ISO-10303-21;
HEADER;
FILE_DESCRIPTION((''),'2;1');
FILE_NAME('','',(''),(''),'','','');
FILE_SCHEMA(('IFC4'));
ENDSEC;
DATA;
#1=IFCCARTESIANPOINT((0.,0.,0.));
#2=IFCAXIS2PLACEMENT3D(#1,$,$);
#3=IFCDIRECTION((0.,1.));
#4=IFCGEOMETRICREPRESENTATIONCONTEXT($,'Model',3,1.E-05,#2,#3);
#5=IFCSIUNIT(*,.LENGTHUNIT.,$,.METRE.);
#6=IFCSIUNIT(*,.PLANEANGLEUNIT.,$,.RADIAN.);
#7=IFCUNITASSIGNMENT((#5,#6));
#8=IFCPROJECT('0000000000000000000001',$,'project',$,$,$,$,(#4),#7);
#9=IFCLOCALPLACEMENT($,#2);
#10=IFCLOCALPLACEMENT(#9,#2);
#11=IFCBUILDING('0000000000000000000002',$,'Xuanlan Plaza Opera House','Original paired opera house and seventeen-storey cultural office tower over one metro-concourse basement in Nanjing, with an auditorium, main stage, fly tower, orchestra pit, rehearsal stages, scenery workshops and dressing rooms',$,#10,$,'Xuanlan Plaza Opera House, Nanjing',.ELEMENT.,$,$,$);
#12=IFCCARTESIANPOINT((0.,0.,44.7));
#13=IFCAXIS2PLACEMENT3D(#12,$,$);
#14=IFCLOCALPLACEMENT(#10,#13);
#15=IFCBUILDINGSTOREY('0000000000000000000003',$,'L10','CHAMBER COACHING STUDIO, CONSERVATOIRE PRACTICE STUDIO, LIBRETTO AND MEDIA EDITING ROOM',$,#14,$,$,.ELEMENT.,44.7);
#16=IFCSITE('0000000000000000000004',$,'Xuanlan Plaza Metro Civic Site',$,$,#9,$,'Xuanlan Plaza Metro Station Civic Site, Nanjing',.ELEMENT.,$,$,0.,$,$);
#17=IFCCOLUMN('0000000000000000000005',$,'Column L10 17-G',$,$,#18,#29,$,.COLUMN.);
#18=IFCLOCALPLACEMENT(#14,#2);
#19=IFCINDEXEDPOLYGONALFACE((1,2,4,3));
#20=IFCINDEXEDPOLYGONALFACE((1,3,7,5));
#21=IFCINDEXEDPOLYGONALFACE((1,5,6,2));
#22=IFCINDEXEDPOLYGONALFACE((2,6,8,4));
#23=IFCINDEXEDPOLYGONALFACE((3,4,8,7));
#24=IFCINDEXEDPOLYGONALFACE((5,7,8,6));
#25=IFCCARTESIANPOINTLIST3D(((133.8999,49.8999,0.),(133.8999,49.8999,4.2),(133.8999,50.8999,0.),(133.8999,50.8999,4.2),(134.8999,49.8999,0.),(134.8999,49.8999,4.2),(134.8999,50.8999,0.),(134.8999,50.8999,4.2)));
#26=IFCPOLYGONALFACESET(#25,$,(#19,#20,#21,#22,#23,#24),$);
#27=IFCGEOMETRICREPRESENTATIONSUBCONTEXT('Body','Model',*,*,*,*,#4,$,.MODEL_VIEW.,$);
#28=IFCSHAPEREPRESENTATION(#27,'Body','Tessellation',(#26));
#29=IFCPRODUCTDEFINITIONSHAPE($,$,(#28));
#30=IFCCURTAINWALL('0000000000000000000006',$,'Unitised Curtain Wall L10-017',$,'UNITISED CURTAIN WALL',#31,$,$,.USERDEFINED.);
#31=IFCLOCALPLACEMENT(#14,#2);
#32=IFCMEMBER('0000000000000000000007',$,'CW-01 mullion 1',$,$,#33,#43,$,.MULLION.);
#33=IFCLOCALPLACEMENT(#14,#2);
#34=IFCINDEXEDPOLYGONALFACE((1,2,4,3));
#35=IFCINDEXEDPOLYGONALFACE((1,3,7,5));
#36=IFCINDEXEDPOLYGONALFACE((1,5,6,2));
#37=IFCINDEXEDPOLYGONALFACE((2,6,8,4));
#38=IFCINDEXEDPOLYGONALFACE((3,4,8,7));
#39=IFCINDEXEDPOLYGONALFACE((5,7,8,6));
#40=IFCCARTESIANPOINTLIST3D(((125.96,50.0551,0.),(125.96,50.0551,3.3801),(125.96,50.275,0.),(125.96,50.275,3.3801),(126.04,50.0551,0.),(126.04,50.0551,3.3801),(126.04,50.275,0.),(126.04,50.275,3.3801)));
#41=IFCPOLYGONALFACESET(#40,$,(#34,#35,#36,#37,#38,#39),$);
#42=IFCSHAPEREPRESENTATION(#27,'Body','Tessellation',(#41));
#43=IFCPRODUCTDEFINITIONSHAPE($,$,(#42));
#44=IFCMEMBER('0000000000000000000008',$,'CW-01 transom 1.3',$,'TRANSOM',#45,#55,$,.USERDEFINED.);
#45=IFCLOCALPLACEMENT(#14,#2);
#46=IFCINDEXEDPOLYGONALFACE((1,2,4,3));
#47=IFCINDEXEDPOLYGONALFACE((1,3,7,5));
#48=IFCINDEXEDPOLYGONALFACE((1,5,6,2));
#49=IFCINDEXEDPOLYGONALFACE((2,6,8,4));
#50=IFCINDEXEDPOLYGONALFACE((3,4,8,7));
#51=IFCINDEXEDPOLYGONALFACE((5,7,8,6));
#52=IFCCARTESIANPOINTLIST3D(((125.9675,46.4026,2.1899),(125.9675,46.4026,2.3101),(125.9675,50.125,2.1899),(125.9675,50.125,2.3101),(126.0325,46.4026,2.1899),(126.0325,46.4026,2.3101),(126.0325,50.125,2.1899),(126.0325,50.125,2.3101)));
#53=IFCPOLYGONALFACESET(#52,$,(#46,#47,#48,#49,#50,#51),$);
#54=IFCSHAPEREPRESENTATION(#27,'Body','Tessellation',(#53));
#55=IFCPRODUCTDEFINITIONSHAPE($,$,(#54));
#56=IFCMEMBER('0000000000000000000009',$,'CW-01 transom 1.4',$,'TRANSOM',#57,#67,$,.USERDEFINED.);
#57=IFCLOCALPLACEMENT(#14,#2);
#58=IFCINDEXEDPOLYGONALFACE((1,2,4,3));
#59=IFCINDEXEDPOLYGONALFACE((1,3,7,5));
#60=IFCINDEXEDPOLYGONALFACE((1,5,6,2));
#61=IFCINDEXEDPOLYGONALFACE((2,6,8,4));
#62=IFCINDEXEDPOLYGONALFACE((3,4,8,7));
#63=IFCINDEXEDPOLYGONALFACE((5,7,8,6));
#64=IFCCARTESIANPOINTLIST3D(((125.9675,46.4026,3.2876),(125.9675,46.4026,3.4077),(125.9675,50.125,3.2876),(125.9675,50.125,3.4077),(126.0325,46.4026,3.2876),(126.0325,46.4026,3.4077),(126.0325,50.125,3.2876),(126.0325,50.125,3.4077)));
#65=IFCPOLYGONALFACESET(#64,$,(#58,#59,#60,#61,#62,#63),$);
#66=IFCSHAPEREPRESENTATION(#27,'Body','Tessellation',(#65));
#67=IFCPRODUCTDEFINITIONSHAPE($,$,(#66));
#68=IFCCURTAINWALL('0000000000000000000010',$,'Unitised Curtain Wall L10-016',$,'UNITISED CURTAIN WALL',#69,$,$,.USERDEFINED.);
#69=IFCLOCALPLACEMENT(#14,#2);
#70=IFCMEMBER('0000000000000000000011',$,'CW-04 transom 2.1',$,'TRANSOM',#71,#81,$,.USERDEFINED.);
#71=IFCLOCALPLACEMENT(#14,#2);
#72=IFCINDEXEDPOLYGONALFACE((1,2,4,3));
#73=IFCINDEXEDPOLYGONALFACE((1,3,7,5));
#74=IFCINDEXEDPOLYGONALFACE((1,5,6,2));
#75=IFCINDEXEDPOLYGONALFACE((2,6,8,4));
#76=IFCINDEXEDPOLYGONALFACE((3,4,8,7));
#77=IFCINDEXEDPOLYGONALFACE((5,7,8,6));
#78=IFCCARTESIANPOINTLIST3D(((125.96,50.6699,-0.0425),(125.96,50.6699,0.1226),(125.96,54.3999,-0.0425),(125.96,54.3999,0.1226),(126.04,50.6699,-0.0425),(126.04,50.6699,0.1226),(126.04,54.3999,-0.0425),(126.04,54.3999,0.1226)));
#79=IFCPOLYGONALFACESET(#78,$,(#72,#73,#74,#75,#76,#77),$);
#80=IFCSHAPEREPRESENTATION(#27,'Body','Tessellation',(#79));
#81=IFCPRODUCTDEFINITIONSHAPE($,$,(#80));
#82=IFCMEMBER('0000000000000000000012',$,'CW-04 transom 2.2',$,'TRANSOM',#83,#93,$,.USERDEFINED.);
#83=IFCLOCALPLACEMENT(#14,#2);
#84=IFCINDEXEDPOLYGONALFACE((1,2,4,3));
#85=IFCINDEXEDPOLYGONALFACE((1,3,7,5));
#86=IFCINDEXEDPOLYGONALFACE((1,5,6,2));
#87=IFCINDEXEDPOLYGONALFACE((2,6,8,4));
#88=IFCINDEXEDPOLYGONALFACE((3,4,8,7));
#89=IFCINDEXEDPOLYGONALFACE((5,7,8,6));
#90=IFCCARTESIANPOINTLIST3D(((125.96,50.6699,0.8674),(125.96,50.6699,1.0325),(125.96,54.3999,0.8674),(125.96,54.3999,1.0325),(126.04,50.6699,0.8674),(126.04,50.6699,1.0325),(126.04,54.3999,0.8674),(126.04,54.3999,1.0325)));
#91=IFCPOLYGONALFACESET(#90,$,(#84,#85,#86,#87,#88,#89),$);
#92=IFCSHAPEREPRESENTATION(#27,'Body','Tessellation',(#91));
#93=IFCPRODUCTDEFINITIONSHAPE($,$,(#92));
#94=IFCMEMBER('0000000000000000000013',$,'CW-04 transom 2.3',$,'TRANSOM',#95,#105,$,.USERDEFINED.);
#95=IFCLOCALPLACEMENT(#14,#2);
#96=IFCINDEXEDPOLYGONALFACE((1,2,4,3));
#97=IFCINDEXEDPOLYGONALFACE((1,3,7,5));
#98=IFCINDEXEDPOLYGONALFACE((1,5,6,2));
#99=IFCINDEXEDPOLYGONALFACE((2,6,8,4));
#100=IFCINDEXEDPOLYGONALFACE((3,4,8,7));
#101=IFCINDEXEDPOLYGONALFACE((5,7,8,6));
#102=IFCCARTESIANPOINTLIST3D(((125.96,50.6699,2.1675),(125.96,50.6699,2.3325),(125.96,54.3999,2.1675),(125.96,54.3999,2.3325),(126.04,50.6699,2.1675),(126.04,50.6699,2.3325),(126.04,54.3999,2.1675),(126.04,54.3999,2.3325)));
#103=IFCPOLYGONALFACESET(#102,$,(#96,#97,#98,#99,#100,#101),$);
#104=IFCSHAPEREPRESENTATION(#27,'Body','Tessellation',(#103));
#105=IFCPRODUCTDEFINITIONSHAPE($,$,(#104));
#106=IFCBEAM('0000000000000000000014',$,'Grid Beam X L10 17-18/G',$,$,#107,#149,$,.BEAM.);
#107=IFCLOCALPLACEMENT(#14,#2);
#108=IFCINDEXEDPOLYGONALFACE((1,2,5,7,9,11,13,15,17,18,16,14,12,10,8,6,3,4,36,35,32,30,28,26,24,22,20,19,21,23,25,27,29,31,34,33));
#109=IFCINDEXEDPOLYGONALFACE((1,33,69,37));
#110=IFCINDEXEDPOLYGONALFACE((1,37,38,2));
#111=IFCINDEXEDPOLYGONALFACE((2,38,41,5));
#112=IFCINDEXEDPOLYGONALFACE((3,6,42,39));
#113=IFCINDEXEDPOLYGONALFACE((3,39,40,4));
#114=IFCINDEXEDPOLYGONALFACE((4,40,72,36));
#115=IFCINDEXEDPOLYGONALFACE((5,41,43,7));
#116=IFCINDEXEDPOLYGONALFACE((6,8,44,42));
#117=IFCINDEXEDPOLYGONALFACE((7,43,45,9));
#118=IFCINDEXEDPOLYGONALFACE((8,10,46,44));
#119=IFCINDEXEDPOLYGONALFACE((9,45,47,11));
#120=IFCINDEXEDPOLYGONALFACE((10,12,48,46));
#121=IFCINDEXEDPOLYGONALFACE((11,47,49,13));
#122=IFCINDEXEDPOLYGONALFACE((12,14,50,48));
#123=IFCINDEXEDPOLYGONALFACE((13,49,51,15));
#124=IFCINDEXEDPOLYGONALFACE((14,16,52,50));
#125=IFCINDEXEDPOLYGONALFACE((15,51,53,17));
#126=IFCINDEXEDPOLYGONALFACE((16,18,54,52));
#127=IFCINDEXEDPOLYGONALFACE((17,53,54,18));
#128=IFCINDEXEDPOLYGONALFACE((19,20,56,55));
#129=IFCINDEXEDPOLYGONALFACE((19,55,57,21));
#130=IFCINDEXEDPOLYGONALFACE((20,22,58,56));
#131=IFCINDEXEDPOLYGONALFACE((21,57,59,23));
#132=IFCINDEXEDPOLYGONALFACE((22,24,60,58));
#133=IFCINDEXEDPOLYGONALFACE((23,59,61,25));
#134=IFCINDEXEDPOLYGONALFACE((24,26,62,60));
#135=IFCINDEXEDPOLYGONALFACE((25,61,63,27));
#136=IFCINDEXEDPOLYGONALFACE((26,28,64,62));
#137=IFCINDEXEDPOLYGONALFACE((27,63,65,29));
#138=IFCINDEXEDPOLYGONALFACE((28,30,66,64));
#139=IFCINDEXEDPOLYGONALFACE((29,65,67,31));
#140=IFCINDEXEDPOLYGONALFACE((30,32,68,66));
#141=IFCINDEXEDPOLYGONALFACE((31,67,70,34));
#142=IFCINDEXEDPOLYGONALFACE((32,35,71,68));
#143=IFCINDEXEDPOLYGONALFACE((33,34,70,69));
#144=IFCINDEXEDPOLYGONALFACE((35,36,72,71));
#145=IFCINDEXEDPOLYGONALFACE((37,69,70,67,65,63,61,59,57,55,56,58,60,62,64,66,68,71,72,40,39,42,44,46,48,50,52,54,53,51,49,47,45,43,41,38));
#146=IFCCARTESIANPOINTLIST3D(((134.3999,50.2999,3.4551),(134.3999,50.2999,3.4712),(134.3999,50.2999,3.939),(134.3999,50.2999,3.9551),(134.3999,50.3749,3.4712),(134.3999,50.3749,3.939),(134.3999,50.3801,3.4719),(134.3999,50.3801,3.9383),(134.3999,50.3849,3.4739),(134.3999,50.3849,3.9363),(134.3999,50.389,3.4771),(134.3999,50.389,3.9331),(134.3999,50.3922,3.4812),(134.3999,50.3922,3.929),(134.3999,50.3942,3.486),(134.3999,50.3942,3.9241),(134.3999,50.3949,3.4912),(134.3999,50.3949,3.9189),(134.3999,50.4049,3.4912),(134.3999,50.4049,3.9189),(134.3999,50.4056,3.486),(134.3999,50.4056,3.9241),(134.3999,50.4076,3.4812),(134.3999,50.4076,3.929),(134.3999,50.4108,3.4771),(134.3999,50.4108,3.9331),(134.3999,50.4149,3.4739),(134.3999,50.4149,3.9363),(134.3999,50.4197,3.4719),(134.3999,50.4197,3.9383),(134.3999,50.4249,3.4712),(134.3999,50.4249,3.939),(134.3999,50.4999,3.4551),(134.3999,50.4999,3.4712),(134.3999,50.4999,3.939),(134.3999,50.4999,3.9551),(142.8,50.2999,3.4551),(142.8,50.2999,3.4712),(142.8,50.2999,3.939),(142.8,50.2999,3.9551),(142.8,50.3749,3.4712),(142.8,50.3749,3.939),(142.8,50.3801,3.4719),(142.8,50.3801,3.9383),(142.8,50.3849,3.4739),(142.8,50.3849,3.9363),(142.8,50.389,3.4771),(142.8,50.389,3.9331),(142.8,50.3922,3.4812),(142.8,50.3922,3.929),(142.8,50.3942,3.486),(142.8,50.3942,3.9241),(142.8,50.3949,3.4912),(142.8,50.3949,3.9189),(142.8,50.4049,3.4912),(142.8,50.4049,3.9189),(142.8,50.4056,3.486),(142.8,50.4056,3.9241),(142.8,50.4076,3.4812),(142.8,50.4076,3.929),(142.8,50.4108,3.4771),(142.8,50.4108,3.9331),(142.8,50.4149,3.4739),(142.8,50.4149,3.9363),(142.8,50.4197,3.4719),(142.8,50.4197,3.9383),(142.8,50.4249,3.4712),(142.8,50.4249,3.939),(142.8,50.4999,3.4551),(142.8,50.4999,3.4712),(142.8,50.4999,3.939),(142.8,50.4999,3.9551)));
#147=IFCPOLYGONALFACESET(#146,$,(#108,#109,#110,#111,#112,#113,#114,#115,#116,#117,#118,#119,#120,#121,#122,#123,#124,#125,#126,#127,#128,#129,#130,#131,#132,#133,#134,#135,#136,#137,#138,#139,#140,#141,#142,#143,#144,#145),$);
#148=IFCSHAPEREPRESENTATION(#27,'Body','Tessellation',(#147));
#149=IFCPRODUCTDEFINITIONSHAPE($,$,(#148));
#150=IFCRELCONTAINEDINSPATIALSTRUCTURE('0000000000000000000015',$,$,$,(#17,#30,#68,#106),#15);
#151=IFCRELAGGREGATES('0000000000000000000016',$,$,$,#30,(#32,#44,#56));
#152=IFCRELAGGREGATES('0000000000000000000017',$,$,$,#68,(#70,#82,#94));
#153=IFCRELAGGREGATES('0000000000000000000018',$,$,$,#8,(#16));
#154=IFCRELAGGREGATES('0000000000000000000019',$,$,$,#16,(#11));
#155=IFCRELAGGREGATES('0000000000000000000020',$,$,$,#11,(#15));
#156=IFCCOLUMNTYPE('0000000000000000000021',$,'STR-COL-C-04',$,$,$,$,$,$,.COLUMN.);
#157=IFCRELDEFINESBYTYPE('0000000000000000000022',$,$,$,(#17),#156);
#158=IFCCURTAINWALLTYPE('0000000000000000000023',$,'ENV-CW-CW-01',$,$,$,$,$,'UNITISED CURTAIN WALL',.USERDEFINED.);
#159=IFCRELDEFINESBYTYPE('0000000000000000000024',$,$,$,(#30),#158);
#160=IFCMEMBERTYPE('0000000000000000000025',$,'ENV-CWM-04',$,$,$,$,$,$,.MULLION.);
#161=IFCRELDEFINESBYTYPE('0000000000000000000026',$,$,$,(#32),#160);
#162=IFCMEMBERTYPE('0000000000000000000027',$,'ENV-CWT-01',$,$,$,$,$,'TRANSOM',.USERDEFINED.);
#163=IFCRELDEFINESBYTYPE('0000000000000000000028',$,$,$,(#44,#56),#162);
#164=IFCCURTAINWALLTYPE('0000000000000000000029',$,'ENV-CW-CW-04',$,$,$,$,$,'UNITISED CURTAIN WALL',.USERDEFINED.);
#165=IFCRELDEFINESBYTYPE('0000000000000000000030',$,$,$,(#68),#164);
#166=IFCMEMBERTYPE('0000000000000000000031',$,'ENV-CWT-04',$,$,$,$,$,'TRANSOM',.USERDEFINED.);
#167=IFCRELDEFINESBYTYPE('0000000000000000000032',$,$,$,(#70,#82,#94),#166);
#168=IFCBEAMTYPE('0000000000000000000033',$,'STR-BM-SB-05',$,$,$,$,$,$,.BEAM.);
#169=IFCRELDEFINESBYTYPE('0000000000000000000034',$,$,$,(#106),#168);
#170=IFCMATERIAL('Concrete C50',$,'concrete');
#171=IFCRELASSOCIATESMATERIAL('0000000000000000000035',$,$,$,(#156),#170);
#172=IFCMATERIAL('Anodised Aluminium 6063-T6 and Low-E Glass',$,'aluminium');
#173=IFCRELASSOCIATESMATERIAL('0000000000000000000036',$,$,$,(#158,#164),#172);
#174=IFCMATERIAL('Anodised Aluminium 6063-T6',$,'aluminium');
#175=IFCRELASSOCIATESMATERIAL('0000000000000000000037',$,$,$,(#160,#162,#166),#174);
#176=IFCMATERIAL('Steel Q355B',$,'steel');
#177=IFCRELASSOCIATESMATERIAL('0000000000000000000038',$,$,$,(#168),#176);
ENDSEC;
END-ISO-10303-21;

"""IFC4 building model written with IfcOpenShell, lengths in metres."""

from ifc_helpers import new_model, si_unit, direction, frame, origin, origin_2d, place, context, subcontext, project, spatial, rectangle, i_section, extrude, material, material_profile, profile_set, type_object, element, aggregate, save


model = new_model("IFC4")

# Units and contexts
model_context = context("Model", 3, precision=1e-05, world=origin(), true_north=direction((0.0, 1.0)))
body_context = subcontext(model_context, "Body", "Model", "MODEL_VIEW")
ifc_project = project(units=[si_unit("LENGTHUNIT", "METRE"), si_unit("PLANEANGLEUNIT", "RADIAN")], contexts=[model_context])

# Site, building, storey
site_placement = place(None, origin())
site = spatial("IfcSite", under=ifc_project, at=site_placement, Name="Xuanlan Plaza Metro Civic Site", LongName="Xuanlan Plaza Metro Station Civic Site, Nanjing", CompositionType="ELEMENT", RefElevation=0.0)
building_placement = place(site_placement, origin())
building = spatial("IfcBuilding", under=site, at=building_placement, Name="Xuanlan Plaza Opera House", Description="Original paired opera house and seventeen-storey cultural office tower over one metro-concourse basement in Nanjing, with an auditorium, main stage, fly tower, orchestra pit, rehearsal stages, scenery workshops and dressing rooms", LongName="Xuanlan Plaza Opera House, Nanjing", CompositionType="ELEMENT")
storey_placement = place(building_placement, frame((0.0, 0.0, 44.7)))
storey = spatial("IfcBuildingStorey", under=building, at=storey_placement, Name="L10", Description="CHAMBER COACHING STUDIO, CONSERVATOIRE PRACTICE STUDIO, LIBRETTO AND MEDIA EDITING ROOM", CompositionType="ELEMENT", Elevation=44.7)

# Column
ifc_material_1 = material(Name="Concrete C50", Category="concrete")
ifc_material_profile_1 = material_profile(ifc_material_1, rectangle(XDim=1.0, YDim=1.0, at=origin_2d()), Name="RC-COL 1000x1000")
ifc_profile_set_1 = profile_set([ifc_material_profile_1], Name="Concrete C50")
column_type = type_object("IfcColumnType", Name="STR-COL-C-04", PredefinedType="COLUMN", material=ifc_profile_set_1)
column_placement = place(storey_placement, frame((134.3999, 50.3999, 0.0), z_axis=(0.0, 0.0, 1.0), x_axis=(1.0, 0.0, 0.0)))
element("IfcColumn", 1, at=column_placement, inside=storey, type_object=column_type, Name="Column L10 17-G", PredefinedType="COLUMN", context=body_context, shape_type="SweptSolid", body=[
    extrude(rectangle(XDim=1.0, YDim=1.0, at=origin_2d()), origin(), (0.0, 0.0, 1.0), 4.2),
])

# Curtain walls, members
ifc_material_2 = material(Name="Anodised Aluminium 6063-T6 and Low-E Glass", Category="aluminium")
curtain_wall_type_1 = type_object("IfcCurtainWallType", Name="ENV-CW-CW-01", ElementType="UNITISED CURTAIN WALL", PredefinedType="USERDEFINED", material=ifc_material_2)
curtain_wall_1_placement = place(storey_placement, origin())
curtain_wall_1 = element("IfcCurtainWall", 2, at=curtain_wall_1_placement, inside=storey, type_object=curtain_wall_type_1, Name="Unitised Curtain Wall L10-017", ObjectType="UNITISED CURTAIN WALL", PredefinedType="USERDEFINED")
ifc_material_3 = material(Name="Anodised Aluminium 6063-T6", Category="aluminium")
ifc_material_profile_2 = material_profile(ifc_material_3, rectangle(XDim=0.0801, YDim=0.22, at=origin_2d()), Name="ALU-M 80x220")
ifc_profile_set_2 = profile_set([ifc_material_profile_2], Name="Anodised Aluminium 6063-T6")
member_type_1 = type_object("IfcMemberType", Name="ENV-CWM-04", PredefinedType="MULLION", material=ifc_profile_set_2)
member_1_placement = place(storey_placement, frame((126.0, 50.165, 0.0), z_axis=(0.0, 0.0, 1.0), x_axis=(1.0, 0.0, 0.0)))
member_1 = element("IfcMember", 3, at=member_1_placement, type_object=member_type_1, Name="CW-01 mullion 1", PredefinedType="MULLION", context=body_context, shape_type="SweptSolid", body=[
    extrude(rectangle(XDim=0.0801, YDim=0.22, at=origin_2d()), origin(), (0.0, 0.0, 1.0), 3.3801),
])
ifc_material_profile_3 = material_profile(ifc_material_3, rectangle(XDim=0.0649, YDim=0.1201, at=origin_2d()), Name="ALU-T 65x120")
ifc_profile_set_3 = profile_set([ifc_material_profile_3], Name="Anodised Aluminium 6063-T6")
member_type_2 = type_object("IfcMemberType", Name="ENV-CWT-01", ElementType="TRANSOM", PredefinedType="USERDEFINED", material=ifc_profile_set_3)
member_2_placement = place(storey_placement, frame((126.0, 50.125, 2.25), z_axis=(0.0, -1.0, 0.0), x_axis=(1.0, 0.0, 0.0)))
member_2 = element("IfcMember", 4, at=member_2_placement, type_object=member_type_2, Name="CW-01 transom 1.3", ObjectType="TRANSOM", PredefinedType="USERDEFINED", context=body_context, shape_type="SweptSolid", body=[
    extrude(rectangle(XDim=0.0649, YDim=0.1201, at=origin_2d()), origin(), (0.0, 0.0, 1.0), 3.7224),
])
member_3_placement = place(storey_placement, frame((126.0, 50.125, 3.3477), z_axis=(0.0, -1.0, 0.0), x_axis=(1.0, 0.0, 0.0)))
member_3 = element("IfcMember", 5, at=member_3_placement, type_object=member_type_2, Name="CW-01 transom 1.4", ObjectType="TRANSOM", PredefinedType="USERDEFINED", context=body_context, shape_type="SweptSolid", body=[
    extrude(rectangle(XDim=0.0649, YDim=0.1201, at=origin_2d()), origin(), (0.0, 0.0, 1.0), 3.7224),
])
aggregate(curtain_wall_1, [member_1, member_2, member_3])
curtain_wall_type_2 = type_object("IfcCurtainWallType", Name="ENV-CW-CW-04", ElementType="UNITISED CURTAIN WALL", PredefinedType="USERDEFINED", material=ifc_material_2)
curtain_wall_2_placement = place(storey_placement, origin())
curtain_wall_2 = element("IfcCurtainWall", 6, at=curtain_wall_2_placement, inside=storey, type_object=curtain_wall_type_2, Name="Unitised Curtain Wall L10-016", ObjectType="UNITISED CURTAIN WALL", PredefinedType="USERDEFINED")
ifc_material_profile_4 = material_profile(ifc_material_3, rectangle(XDim=0.0801, YDim=0.165, at=origin_2d()), Name="ALU-T 80x165")
ifc_profile_set_4 = profile_set([ifc_material_profile_4], Name="Anodised Aluminium 6063-T6")
member_type_3 = type_object("IfcMemberType", Name="ENV-CWT-04", ElementType="TRANSOM", PredefinedType="USERDEFINED", material=ifc_profile_set_4)
member_4_placement = place(storey_placement, frame((126.0, 54.3999, 0.04), z_axis=(0.0, -1.0, 0.0), x_axis=(1.0, 0.0, 0.0)))
member_4 = element("IfcMember", 7, at=member_4_placement, type_object=member_type_3, Name="CW-04 transom 2.1", ObjectType="TRANSOM", PredefinedType="USERDEFINED", context=body_context, shape_type="SweptSolid", body=[
    extrude(rectangle(XDim=0.0801, YDim=0.165, at=origin_2d()), origin(), (0.0, 0.0, 1.0), 3.73),
])
member_5_placement = place(storey_placement, frame((126.0, 54.3999, 0.95), z_axis=(0.0, -1.0, 0.0), x_axis=(1.0, 0.0, 0.0)))
member_5 = element("IfcMember", 8, at=member_5_placement, type_object=member_type_3, Name="CW-04 transom 2.2", ObjectType="TRANSOM", PredefinedType="USERDEFINED", context=body_context, shape_type="SweptSolid", body=[
    extrude(rectangle(XDim=0.0801, YDim=0.165, at=origin_2d()), origin(), (0.0, 0.0, 1.0), 3.73),
])
member_6_placement = place(storey_placement, frame((126.0, 54.3999, 2.25), z_axis=(0.0, -1.0, 0.0), x_axis=(1.0, 0.0, 0.0)))
member_6 = element("IfcMember", 9, at=member_6_placement, type_object=member_type_3, Name="CW-04 transom 2.3", ObjectType="TRANSOM", PredefinedType="USERDEFINED", context=body_context, shape_type="SweptSolid", body=[
    extrude(rectangle(XDim=0.0801, YDim=0.165, at=origin_2d()), origin(), (0.0, 0.0, 1.0), 3.73),
])

# Beam
ifc_material_4 = material(Name="Steel Q355B", Category="steel")
ifc_material_profile_5 = material_profile(ifc_material_4, i_section(OverallWidth=0.2, OverallDepth=0.5, WebThickness=0.01, FlangeThickness=0.0161, FilletRadius=0.02, at=origin_2d()), Name="HN 500x200x10x16")
ifc_profile_set_5 = profile_set([ifc_material_profile_5], Name="Steel Q355B")
beam_type_1 = type_object("IfcBeamType", Name="STR-BM-SB-05", PredefinedType="BEAM", material=ifc_profile_set_5)
beam_1_placement = place(storey_placement, frame((134.3999, 50.3999, 3.7051), z_axis=(1.0, 0.0, 0.0), x_axis=(0.0, 1.0, 0.0)))
element("IfcBeam", 10, at=beam_1_placement, inside=storey, type_object=beam_type_1, Name="Grid Beam X L10 17-18/G", PredefinedType="BEAM", context=body_context, shape_type="SweptSolid", body=[
    extrude(i_section(OverallWidth=0.2, OverallDepth=0.5, WebThickness=0.01, FlangeThickness=0.0161, FilletRadius=0.02, at=origin_2d()), origin(), (0.0, 0.0, 1.0), 8.4001),
])

aggregate(curtain_wall_2, [member_4, member_5, member_6])

save(model, "model.ifc")
